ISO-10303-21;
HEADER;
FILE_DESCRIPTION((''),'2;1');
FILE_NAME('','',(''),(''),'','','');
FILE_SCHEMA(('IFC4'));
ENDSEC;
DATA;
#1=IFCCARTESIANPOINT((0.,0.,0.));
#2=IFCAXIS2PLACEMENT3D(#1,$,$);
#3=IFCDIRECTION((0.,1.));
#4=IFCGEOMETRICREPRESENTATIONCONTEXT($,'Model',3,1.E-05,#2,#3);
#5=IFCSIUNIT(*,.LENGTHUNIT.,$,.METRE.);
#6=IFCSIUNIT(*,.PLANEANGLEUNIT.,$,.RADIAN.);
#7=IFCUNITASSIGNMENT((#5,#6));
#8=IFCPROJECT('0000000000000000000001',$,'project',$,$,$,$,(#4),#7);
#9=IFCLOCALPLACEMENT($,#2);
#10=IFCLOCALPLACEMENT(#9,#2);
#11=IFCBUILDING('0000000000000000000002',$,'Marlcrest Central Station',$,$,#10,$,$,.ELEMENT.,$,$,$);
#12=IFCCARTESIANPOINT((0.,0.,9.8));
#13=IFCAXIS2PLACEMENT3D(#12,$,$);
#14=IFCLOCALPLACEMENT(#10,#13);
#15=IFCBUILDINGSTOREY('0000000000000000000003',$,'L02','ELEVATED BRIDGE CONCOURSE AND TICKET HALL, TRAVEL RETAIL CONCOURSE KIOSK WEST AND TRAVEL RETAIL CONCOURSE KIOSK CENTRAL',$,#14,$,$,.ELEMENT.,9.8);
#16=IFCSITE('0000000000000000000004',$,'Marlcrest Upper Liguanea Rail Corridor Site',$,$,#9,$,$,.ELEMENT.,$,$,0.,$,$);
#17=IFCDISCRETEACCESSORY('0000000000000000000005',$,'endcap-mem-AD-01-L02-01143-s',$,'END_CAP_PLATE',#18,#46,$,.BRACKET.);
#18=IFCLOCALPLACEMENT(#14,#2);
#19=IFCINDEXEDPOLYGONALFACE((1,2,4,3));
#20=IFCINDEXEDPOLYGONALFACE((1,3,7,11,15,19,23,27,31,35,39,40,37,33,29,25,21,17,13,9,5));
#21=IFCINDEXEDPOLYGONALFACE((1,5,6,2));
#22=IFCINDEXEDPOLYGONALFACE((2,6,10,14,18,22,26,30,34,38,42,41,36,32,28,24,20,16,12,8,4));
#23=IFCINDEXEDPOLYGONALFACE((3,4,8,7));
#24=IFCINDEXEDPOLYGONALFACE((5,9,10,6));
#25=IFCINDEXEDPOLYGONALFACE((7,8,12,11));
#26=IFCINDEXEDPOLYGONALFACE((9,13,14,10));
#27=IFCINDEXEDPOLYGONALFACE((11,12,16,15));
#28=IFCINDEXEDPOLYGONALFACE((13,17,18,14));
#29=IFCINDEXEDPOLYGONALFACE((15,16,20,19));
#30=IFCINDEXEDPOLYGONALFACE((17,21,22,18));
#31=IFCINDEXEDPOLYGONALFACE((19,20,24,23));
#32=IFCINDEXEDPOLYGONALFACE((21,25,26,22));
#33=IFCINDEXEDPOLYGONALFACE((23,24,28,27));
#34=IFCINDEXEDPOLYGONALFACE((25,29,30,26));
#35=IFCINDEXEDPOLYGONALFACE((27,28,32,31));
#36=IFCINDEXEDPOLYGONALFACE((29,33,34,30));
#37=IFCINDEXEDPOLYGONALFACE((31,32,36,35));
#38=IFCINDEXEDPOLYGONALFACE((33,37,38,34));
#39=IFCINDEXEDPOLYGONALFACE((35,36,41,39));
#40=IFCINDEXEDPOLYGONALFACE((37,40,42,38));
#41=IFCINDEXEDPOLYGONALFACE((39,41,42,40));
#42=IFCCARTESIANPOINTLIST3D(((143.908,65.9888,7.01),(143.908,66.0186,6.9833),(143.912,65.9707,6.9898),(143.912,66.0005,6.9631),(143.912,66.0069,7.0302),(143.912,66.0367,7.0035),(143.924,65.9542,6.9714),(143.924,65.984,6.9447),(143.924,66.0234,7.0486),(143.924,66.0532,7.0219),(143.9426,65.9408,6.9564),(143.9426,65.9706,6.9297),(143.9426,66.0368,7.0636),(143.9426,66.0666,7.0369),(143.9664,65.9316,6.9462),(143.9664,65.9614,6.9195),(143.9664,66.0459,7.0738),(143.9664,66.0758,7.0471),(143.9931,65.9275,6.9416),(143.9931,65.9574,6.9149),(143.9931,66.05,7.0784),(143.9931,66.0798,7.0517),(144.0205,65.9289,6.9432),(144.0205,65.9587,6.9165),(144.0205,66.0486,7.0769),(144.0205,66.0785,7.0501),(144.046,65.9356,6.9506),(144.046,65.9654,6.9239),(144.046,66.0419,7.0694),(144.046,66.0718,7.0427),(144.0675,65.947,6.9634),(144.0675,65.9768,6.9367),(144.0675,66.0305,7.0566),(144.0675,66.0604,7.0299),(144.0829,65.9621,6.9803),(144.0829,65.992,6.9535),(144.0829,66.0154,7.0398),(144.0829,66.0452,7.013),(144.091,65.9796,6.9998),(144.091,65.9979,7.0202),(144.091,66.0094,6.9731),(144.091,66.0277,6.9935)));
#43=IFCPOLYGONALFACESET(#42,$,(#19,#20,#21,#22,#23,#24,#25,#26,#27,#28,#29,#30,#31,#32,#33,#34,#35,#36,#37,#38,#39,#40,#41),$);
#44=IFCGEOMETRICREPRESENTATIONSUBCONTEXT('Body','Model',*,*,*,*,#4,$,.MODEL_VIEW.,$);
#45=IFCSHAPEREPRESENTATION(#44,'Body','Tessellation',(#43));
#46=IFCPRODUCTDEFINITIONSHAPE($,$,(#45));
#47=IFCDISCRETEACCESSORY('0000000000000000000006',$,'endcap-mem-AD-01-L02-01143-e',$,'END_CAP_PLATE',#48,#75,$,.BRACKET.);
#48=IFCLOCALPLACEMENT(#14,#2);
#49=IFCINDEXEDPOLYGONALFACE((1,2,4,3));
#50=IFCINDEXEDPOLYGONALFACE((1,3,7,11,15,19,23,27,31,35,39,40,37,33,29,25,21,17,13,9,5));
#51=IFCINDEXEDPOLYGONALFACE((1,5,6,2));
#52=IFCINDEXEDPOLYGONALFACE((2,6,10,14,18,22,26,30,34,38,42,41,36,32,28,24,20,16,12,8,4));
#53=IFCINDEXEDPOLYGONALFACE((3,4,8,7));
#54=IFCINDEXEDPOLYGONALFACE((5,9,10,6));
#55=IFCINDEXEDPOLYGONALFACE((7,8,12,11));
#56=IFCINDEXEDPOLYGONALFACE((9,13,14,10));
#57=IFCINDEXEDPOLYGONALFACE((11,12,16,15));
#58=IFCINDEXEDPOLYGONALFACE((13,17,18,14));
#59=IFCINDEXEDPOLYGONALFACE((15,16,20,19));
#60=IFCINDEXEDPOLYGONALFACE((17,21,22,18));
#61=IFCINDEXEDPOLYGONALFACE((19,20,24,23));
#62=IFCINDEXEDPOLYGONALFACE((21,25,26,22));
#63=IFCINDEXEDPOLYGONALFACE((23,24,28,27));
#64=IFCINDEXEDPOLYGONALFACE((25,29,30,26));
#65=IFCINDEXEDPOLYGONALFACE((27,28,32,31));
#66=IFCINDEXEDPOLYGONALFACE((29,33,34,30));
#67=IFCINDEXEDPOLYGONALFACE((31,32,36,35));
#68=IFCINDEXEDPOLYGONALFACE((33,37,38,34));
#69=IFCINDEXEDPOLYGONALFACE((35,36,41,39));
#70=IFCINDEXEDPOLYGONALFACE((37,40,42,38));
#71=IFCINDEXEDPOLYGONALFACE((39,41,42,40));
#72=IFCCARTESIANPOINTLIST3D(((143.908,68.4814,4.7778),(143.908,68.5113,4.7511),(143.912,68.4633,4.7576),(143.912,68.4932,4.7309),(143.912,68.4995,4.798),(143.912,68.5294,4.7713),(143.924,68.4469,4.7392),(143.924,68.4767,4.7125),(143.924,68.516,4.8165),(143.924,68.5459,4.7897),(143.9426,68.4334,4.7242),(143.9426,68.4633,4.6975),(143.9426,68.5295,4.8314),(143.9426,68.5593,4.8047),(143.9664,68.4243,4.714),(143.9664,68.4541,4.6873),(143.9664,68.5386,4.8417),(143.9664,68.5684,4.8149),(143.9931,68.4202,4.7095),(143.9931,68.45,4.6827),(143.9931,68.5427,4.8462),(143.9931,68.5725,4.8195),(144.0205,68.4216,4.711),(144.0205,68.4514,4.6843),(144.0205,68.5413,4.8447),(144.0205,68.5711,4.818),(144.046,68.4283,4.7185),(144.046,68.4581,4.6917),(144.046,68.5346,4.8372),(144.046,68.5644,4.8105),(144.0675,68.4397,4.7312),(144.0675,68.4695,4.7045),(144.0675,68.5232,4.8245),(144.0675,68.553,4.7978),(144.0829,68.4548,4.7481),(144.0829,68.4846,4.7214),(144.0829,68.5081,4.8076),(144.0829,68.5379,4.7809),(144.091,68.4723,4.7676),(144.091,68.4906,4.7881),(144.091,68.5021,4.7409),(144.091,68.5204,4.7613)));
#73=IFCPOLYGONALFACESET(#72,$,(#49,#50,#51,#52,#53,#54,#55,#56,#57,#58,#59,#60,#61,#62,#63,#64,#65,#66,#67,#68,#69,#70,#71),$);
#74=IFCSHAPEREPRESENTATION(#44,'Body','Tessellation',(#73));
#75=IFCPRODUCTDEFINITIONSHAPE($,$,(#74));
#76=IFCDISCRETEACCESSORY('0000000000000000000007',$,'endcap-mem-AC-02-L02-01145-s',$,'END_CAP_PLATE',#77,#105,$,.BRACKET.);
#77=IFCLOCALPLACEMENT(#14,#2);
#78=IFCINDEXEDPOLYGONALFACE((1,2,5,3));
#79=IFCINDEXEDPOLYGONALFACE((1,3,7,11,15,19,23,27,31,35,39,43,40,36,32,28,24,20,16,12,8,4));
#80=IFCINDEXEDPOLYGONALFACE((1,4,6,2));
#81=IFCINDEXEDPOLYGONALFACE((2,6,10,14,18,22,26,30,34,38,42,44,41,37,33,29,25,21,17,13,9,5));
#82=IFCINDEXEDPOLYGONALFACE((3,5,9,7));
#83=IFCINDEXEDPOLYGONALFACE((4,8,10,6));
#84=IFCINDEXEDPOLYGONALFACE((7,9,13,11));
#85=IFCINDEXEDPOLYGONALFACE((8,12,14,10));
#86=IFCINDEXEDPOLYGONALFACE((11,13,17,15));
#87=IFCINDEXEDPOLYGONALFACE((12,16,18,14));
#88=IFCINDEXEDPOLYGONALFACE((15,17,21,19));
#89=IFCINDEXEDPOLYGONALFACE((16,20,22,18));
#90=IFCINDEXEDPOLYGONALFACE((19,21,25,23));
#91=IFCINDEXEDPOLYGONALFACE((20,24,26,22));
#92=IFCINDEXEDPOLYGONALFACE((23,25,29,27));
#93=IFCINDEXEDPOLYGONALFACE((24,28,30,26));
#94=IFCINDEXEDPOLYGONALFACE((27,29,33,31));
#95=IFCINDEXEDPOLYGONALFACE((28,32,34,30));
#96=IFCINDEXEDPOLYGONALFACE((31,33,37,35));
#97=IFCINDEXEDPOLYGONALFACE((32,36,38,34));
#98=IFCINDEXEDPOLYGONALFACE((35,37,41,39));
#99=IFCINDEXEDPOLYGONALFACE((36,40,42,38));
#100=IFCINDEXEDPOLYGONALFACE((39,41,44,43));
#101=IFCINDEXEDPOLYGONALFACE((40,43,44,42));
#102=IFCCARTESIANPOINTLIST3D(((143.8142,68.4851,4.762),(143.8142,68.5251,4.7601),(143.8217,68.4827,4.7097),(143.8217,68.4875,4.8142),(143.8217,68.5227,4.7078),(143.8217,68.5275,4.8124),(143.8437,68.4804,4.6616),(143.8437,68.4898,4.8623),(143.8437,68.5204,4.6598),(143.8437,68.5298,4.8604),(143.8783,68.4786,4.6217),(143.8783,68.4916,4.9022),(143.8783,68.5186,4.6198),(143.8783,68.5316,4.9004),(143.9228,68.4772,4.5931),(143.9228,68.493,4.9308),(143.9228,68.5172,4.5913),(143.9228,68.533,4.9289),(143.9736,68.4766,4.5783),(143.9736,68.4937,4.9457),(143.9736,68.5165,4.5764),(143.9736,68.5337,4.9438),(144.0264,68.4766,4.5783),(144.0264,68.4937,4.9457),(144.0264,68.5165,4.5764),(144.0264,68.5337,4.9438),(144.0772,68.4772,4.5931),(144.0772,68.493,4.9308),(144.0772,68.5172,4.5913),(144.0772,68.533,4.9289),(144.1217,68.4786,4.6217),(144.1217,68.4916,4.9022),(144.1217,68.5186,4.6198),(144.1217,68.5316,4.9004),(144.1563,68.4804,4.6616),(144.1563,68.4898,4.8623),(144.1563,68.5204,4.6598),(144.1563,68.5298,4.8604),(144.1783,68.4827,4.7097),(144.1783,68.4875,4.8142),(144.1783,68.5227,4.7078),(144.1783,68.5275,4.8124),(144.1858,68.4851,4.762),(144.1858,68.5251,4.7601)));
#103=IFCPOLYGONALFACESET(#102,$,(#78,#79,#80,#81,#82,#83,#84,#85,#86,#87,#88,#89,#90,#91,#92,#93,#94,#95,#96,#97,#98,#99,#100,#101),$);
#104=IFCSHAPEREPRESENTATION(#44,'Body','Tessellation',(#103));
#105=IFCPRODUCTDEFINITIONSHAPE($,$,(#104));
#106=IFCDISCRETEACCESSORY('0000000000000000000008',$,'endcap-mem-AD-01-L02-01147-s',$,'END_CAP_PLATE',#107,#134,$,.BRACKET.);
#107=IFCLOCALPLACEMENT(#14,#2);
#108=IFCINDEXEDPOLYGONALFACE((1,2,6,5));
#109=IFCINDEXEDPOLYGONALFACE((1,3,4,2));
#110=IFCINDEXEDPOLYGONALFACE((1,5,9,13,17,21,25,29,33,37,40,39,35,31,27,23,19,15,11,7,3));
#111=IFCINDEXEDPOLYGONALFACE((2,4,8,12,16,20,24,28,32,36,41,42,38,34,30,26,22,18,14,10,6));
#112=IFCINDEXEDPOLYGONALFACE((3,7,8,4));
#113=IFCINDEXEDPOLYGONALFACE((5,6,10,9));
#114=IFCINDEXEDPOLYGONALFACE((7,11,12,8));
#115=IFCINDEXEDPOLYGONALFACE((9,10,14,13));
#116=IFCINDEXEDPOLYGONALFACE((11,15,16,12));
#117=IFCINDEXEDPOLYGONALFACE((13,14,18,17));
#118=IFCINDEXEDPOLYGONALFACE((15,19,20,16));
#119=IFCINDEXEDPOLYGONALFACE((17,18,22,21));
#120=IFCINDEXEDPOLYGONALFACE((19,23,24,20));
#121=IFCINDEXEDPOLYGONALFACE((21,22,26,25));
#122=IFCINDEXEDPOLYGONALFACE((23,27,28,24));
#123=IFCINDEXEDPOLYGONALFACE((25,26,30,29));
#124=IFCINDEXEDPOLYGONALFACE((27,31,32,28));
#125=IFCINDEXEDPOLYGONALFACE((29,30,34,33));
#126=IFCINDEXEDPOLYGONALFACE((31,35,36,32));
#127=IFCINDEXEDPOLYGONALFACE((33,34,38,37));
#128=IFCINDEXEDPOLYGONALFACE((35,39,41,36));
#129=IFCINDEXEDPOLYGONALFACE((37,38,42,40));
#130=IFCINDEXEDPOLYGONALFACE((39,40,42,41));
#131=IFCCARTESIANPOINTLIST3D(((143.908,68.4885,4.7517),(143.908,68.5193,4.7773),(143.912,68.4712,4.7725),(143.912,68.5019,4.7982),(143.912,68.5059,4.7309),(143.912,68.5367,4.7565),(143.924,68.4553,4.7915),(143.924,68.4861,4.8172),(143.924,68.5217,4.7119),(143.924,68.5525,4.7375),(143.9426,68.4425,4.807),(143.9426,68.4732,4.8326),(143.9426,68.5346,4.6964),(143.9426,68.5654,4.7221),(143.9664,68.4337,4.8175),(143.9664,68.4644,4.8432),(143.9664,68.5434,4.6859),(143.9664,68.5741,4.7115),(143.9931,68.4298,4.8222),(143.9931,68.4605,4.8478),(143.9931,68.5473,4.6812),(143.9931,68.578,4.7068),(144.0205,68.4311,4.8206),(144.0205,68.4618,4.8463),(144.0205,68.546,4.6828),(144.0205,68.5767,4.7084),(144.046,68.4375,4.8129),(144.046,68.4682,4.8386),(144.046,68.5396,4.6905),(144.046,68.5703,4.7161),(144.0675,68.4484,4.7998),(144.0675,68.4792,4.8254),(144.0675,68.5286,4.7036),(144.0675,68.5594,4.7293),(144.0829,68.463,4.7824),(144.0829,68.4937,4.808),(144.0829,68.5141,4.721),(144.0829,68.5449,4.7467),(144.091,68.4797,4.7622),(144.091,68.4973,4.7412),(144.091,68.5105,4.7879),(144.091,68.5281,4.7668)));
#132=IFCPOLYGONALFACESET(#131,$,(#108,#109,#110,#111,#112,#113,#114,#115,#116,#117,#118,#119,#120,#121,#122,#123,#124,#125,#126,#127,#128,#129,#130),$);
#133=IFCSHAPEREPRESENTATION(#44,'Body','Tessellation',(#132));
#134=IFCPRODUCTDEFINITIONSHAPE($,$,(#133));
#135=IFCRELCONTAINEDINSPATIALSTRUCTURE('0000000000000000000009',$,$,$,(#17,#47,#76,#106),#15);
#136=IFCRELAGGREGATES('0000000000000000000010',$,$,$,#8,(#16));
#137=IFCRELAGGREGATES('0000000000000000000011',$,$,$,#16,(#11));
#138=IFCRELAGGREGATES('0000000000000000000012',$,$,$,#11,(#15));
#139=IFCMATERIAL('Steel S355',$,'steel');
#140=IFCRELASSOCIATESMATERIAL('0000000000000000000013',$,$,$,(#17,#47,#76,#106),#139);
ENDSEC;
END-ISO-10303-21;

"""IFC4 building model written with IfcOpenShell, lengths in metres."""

from ifc_helpers import new_model, si_unit, direction, frame, origin, origin_2d, place, context, subcontext, project, spatial, circle, extrude, material, element, save


model = new_model("IFC4")

# Units and contexts
model_context = context("Model", 3, precision=1e-05, world=origin(), true_north=direction((0.0, 1.0)))
body_context = subcontext(model_context, "Body", "Model", "MODEL_VIEW")
ifc_project = project(units=[si_unit("LENGTHUNIT", "METRE"), si_unit("PLANEANGLEUNIT", "RADIAN")], contexts=[model_context])

# Site, building, storey
site_placement = place(None, origin())
site = spatial("IfcSite", under=ifc_project, at=site_placement, Name="Marlcrest Upper Liguanea Rail Corridor Site", CompositionType="ELEMENT", RefElevation=0.0)
building_placement = place(site_placement, origin())
building = spatial("IfcBuilding", under=site, at=building_placement, Name="Marlcrest Central Station", CompositionType="ELEMENT")
storey_placement = place(building_placement, frame((0.0, 0.0, 9.8)))
storey = spatial("IfcBuildingStorey", under=building, at=storey_placement, Name="L02", Description="ELEVATED BRIDGE CONCOURSE AND TICKET HALL, TRAVEL RETAIL CONCOURSE KIOSK WEST AND TRAVEL RETAIL CONCOURSE KIOSK CENTRAL", CompositionType="ELEMENT", Elevation=9.8)

# Shared definitions
ifc_material_1 = material(Name="Steel S355", Category="steel")

# Discrete accessories
for number, where, z_axis, x_axis, name in (
    (1, (144.0, 65.9888, 7.01), (0.0, 0.744956, -0.667114), (-1.0, 0.0, 0.0), "endcap-mem-AD-01-L02-01143-s"),
    (2, (144.0, 68.4814, 4.7778), (0.0, 0.744956, -0.667114), (-1.0, 0.0, 0.0), "endcap-mem-AD-01-L02-01143-e"),
):
    element("IfcDiscreteAccessory", number, at=place(storey_placement, frame(where, z_axis=z_axis, x_axis=x_axis)), inside=storey, material=ifc_material_1, Name=name, ObjectType="END_CAP_PLATE", PredefinedType="BRACKET", context=body_context, shape_type="SweptSolid", body=[
        extrude(circle(Radius=0.092, at=origin_2d()), origin(), (0.0, 0.0, 1.0), 0.04),
    ])
discrete_accessory_1_placement = place(storey_placement, frame((144.0, 68.4851, 4.762), z_axis=(0.0, 0.998917, -0.046532), x_axis=(-1.0, 0.0, 0.0)))
element("IfcDiscreteAccessory", 3, at=discrete_accessory_1_placement, inside=storey, material=ifc_material_1, Name="endcap-mem-AC-02-L02-01145-s", ObjectType="END_CAP_PLATE", PredefinedType="BRACKET", context=body_context, shape_type="SweptSolid", body=[
    extrude(circle(Radius=0.1858, at=origin_2d()), origin(), (0.0, 0.0, 1.0), 0.04),
])
discrete_accessory_2_placement = place(storey_placement, frame((144.0, 68.4885, 4.7517), z_axis=(0.0, 0.76816, 0.640258), x_axis=(-1.0, 0.0, 0.0)))
element("IfcDiscreteAccessory", 4, at=discrete_accessory_2_placement, inside=storey, material=ifc_material_1, Name="endcap-mem-AD-01-L02-01147-s", ObjectType="END_CAP_PLATE", PredefinedType="BRACKET", context=body_context, shape_type="SweptSolid", body=[
    extrude(circle(Radius=0.092, at=origin_2d()), origin(), (0.0, 0.0, 1.0), 0.04),
])

save(model, "model.ifc")
